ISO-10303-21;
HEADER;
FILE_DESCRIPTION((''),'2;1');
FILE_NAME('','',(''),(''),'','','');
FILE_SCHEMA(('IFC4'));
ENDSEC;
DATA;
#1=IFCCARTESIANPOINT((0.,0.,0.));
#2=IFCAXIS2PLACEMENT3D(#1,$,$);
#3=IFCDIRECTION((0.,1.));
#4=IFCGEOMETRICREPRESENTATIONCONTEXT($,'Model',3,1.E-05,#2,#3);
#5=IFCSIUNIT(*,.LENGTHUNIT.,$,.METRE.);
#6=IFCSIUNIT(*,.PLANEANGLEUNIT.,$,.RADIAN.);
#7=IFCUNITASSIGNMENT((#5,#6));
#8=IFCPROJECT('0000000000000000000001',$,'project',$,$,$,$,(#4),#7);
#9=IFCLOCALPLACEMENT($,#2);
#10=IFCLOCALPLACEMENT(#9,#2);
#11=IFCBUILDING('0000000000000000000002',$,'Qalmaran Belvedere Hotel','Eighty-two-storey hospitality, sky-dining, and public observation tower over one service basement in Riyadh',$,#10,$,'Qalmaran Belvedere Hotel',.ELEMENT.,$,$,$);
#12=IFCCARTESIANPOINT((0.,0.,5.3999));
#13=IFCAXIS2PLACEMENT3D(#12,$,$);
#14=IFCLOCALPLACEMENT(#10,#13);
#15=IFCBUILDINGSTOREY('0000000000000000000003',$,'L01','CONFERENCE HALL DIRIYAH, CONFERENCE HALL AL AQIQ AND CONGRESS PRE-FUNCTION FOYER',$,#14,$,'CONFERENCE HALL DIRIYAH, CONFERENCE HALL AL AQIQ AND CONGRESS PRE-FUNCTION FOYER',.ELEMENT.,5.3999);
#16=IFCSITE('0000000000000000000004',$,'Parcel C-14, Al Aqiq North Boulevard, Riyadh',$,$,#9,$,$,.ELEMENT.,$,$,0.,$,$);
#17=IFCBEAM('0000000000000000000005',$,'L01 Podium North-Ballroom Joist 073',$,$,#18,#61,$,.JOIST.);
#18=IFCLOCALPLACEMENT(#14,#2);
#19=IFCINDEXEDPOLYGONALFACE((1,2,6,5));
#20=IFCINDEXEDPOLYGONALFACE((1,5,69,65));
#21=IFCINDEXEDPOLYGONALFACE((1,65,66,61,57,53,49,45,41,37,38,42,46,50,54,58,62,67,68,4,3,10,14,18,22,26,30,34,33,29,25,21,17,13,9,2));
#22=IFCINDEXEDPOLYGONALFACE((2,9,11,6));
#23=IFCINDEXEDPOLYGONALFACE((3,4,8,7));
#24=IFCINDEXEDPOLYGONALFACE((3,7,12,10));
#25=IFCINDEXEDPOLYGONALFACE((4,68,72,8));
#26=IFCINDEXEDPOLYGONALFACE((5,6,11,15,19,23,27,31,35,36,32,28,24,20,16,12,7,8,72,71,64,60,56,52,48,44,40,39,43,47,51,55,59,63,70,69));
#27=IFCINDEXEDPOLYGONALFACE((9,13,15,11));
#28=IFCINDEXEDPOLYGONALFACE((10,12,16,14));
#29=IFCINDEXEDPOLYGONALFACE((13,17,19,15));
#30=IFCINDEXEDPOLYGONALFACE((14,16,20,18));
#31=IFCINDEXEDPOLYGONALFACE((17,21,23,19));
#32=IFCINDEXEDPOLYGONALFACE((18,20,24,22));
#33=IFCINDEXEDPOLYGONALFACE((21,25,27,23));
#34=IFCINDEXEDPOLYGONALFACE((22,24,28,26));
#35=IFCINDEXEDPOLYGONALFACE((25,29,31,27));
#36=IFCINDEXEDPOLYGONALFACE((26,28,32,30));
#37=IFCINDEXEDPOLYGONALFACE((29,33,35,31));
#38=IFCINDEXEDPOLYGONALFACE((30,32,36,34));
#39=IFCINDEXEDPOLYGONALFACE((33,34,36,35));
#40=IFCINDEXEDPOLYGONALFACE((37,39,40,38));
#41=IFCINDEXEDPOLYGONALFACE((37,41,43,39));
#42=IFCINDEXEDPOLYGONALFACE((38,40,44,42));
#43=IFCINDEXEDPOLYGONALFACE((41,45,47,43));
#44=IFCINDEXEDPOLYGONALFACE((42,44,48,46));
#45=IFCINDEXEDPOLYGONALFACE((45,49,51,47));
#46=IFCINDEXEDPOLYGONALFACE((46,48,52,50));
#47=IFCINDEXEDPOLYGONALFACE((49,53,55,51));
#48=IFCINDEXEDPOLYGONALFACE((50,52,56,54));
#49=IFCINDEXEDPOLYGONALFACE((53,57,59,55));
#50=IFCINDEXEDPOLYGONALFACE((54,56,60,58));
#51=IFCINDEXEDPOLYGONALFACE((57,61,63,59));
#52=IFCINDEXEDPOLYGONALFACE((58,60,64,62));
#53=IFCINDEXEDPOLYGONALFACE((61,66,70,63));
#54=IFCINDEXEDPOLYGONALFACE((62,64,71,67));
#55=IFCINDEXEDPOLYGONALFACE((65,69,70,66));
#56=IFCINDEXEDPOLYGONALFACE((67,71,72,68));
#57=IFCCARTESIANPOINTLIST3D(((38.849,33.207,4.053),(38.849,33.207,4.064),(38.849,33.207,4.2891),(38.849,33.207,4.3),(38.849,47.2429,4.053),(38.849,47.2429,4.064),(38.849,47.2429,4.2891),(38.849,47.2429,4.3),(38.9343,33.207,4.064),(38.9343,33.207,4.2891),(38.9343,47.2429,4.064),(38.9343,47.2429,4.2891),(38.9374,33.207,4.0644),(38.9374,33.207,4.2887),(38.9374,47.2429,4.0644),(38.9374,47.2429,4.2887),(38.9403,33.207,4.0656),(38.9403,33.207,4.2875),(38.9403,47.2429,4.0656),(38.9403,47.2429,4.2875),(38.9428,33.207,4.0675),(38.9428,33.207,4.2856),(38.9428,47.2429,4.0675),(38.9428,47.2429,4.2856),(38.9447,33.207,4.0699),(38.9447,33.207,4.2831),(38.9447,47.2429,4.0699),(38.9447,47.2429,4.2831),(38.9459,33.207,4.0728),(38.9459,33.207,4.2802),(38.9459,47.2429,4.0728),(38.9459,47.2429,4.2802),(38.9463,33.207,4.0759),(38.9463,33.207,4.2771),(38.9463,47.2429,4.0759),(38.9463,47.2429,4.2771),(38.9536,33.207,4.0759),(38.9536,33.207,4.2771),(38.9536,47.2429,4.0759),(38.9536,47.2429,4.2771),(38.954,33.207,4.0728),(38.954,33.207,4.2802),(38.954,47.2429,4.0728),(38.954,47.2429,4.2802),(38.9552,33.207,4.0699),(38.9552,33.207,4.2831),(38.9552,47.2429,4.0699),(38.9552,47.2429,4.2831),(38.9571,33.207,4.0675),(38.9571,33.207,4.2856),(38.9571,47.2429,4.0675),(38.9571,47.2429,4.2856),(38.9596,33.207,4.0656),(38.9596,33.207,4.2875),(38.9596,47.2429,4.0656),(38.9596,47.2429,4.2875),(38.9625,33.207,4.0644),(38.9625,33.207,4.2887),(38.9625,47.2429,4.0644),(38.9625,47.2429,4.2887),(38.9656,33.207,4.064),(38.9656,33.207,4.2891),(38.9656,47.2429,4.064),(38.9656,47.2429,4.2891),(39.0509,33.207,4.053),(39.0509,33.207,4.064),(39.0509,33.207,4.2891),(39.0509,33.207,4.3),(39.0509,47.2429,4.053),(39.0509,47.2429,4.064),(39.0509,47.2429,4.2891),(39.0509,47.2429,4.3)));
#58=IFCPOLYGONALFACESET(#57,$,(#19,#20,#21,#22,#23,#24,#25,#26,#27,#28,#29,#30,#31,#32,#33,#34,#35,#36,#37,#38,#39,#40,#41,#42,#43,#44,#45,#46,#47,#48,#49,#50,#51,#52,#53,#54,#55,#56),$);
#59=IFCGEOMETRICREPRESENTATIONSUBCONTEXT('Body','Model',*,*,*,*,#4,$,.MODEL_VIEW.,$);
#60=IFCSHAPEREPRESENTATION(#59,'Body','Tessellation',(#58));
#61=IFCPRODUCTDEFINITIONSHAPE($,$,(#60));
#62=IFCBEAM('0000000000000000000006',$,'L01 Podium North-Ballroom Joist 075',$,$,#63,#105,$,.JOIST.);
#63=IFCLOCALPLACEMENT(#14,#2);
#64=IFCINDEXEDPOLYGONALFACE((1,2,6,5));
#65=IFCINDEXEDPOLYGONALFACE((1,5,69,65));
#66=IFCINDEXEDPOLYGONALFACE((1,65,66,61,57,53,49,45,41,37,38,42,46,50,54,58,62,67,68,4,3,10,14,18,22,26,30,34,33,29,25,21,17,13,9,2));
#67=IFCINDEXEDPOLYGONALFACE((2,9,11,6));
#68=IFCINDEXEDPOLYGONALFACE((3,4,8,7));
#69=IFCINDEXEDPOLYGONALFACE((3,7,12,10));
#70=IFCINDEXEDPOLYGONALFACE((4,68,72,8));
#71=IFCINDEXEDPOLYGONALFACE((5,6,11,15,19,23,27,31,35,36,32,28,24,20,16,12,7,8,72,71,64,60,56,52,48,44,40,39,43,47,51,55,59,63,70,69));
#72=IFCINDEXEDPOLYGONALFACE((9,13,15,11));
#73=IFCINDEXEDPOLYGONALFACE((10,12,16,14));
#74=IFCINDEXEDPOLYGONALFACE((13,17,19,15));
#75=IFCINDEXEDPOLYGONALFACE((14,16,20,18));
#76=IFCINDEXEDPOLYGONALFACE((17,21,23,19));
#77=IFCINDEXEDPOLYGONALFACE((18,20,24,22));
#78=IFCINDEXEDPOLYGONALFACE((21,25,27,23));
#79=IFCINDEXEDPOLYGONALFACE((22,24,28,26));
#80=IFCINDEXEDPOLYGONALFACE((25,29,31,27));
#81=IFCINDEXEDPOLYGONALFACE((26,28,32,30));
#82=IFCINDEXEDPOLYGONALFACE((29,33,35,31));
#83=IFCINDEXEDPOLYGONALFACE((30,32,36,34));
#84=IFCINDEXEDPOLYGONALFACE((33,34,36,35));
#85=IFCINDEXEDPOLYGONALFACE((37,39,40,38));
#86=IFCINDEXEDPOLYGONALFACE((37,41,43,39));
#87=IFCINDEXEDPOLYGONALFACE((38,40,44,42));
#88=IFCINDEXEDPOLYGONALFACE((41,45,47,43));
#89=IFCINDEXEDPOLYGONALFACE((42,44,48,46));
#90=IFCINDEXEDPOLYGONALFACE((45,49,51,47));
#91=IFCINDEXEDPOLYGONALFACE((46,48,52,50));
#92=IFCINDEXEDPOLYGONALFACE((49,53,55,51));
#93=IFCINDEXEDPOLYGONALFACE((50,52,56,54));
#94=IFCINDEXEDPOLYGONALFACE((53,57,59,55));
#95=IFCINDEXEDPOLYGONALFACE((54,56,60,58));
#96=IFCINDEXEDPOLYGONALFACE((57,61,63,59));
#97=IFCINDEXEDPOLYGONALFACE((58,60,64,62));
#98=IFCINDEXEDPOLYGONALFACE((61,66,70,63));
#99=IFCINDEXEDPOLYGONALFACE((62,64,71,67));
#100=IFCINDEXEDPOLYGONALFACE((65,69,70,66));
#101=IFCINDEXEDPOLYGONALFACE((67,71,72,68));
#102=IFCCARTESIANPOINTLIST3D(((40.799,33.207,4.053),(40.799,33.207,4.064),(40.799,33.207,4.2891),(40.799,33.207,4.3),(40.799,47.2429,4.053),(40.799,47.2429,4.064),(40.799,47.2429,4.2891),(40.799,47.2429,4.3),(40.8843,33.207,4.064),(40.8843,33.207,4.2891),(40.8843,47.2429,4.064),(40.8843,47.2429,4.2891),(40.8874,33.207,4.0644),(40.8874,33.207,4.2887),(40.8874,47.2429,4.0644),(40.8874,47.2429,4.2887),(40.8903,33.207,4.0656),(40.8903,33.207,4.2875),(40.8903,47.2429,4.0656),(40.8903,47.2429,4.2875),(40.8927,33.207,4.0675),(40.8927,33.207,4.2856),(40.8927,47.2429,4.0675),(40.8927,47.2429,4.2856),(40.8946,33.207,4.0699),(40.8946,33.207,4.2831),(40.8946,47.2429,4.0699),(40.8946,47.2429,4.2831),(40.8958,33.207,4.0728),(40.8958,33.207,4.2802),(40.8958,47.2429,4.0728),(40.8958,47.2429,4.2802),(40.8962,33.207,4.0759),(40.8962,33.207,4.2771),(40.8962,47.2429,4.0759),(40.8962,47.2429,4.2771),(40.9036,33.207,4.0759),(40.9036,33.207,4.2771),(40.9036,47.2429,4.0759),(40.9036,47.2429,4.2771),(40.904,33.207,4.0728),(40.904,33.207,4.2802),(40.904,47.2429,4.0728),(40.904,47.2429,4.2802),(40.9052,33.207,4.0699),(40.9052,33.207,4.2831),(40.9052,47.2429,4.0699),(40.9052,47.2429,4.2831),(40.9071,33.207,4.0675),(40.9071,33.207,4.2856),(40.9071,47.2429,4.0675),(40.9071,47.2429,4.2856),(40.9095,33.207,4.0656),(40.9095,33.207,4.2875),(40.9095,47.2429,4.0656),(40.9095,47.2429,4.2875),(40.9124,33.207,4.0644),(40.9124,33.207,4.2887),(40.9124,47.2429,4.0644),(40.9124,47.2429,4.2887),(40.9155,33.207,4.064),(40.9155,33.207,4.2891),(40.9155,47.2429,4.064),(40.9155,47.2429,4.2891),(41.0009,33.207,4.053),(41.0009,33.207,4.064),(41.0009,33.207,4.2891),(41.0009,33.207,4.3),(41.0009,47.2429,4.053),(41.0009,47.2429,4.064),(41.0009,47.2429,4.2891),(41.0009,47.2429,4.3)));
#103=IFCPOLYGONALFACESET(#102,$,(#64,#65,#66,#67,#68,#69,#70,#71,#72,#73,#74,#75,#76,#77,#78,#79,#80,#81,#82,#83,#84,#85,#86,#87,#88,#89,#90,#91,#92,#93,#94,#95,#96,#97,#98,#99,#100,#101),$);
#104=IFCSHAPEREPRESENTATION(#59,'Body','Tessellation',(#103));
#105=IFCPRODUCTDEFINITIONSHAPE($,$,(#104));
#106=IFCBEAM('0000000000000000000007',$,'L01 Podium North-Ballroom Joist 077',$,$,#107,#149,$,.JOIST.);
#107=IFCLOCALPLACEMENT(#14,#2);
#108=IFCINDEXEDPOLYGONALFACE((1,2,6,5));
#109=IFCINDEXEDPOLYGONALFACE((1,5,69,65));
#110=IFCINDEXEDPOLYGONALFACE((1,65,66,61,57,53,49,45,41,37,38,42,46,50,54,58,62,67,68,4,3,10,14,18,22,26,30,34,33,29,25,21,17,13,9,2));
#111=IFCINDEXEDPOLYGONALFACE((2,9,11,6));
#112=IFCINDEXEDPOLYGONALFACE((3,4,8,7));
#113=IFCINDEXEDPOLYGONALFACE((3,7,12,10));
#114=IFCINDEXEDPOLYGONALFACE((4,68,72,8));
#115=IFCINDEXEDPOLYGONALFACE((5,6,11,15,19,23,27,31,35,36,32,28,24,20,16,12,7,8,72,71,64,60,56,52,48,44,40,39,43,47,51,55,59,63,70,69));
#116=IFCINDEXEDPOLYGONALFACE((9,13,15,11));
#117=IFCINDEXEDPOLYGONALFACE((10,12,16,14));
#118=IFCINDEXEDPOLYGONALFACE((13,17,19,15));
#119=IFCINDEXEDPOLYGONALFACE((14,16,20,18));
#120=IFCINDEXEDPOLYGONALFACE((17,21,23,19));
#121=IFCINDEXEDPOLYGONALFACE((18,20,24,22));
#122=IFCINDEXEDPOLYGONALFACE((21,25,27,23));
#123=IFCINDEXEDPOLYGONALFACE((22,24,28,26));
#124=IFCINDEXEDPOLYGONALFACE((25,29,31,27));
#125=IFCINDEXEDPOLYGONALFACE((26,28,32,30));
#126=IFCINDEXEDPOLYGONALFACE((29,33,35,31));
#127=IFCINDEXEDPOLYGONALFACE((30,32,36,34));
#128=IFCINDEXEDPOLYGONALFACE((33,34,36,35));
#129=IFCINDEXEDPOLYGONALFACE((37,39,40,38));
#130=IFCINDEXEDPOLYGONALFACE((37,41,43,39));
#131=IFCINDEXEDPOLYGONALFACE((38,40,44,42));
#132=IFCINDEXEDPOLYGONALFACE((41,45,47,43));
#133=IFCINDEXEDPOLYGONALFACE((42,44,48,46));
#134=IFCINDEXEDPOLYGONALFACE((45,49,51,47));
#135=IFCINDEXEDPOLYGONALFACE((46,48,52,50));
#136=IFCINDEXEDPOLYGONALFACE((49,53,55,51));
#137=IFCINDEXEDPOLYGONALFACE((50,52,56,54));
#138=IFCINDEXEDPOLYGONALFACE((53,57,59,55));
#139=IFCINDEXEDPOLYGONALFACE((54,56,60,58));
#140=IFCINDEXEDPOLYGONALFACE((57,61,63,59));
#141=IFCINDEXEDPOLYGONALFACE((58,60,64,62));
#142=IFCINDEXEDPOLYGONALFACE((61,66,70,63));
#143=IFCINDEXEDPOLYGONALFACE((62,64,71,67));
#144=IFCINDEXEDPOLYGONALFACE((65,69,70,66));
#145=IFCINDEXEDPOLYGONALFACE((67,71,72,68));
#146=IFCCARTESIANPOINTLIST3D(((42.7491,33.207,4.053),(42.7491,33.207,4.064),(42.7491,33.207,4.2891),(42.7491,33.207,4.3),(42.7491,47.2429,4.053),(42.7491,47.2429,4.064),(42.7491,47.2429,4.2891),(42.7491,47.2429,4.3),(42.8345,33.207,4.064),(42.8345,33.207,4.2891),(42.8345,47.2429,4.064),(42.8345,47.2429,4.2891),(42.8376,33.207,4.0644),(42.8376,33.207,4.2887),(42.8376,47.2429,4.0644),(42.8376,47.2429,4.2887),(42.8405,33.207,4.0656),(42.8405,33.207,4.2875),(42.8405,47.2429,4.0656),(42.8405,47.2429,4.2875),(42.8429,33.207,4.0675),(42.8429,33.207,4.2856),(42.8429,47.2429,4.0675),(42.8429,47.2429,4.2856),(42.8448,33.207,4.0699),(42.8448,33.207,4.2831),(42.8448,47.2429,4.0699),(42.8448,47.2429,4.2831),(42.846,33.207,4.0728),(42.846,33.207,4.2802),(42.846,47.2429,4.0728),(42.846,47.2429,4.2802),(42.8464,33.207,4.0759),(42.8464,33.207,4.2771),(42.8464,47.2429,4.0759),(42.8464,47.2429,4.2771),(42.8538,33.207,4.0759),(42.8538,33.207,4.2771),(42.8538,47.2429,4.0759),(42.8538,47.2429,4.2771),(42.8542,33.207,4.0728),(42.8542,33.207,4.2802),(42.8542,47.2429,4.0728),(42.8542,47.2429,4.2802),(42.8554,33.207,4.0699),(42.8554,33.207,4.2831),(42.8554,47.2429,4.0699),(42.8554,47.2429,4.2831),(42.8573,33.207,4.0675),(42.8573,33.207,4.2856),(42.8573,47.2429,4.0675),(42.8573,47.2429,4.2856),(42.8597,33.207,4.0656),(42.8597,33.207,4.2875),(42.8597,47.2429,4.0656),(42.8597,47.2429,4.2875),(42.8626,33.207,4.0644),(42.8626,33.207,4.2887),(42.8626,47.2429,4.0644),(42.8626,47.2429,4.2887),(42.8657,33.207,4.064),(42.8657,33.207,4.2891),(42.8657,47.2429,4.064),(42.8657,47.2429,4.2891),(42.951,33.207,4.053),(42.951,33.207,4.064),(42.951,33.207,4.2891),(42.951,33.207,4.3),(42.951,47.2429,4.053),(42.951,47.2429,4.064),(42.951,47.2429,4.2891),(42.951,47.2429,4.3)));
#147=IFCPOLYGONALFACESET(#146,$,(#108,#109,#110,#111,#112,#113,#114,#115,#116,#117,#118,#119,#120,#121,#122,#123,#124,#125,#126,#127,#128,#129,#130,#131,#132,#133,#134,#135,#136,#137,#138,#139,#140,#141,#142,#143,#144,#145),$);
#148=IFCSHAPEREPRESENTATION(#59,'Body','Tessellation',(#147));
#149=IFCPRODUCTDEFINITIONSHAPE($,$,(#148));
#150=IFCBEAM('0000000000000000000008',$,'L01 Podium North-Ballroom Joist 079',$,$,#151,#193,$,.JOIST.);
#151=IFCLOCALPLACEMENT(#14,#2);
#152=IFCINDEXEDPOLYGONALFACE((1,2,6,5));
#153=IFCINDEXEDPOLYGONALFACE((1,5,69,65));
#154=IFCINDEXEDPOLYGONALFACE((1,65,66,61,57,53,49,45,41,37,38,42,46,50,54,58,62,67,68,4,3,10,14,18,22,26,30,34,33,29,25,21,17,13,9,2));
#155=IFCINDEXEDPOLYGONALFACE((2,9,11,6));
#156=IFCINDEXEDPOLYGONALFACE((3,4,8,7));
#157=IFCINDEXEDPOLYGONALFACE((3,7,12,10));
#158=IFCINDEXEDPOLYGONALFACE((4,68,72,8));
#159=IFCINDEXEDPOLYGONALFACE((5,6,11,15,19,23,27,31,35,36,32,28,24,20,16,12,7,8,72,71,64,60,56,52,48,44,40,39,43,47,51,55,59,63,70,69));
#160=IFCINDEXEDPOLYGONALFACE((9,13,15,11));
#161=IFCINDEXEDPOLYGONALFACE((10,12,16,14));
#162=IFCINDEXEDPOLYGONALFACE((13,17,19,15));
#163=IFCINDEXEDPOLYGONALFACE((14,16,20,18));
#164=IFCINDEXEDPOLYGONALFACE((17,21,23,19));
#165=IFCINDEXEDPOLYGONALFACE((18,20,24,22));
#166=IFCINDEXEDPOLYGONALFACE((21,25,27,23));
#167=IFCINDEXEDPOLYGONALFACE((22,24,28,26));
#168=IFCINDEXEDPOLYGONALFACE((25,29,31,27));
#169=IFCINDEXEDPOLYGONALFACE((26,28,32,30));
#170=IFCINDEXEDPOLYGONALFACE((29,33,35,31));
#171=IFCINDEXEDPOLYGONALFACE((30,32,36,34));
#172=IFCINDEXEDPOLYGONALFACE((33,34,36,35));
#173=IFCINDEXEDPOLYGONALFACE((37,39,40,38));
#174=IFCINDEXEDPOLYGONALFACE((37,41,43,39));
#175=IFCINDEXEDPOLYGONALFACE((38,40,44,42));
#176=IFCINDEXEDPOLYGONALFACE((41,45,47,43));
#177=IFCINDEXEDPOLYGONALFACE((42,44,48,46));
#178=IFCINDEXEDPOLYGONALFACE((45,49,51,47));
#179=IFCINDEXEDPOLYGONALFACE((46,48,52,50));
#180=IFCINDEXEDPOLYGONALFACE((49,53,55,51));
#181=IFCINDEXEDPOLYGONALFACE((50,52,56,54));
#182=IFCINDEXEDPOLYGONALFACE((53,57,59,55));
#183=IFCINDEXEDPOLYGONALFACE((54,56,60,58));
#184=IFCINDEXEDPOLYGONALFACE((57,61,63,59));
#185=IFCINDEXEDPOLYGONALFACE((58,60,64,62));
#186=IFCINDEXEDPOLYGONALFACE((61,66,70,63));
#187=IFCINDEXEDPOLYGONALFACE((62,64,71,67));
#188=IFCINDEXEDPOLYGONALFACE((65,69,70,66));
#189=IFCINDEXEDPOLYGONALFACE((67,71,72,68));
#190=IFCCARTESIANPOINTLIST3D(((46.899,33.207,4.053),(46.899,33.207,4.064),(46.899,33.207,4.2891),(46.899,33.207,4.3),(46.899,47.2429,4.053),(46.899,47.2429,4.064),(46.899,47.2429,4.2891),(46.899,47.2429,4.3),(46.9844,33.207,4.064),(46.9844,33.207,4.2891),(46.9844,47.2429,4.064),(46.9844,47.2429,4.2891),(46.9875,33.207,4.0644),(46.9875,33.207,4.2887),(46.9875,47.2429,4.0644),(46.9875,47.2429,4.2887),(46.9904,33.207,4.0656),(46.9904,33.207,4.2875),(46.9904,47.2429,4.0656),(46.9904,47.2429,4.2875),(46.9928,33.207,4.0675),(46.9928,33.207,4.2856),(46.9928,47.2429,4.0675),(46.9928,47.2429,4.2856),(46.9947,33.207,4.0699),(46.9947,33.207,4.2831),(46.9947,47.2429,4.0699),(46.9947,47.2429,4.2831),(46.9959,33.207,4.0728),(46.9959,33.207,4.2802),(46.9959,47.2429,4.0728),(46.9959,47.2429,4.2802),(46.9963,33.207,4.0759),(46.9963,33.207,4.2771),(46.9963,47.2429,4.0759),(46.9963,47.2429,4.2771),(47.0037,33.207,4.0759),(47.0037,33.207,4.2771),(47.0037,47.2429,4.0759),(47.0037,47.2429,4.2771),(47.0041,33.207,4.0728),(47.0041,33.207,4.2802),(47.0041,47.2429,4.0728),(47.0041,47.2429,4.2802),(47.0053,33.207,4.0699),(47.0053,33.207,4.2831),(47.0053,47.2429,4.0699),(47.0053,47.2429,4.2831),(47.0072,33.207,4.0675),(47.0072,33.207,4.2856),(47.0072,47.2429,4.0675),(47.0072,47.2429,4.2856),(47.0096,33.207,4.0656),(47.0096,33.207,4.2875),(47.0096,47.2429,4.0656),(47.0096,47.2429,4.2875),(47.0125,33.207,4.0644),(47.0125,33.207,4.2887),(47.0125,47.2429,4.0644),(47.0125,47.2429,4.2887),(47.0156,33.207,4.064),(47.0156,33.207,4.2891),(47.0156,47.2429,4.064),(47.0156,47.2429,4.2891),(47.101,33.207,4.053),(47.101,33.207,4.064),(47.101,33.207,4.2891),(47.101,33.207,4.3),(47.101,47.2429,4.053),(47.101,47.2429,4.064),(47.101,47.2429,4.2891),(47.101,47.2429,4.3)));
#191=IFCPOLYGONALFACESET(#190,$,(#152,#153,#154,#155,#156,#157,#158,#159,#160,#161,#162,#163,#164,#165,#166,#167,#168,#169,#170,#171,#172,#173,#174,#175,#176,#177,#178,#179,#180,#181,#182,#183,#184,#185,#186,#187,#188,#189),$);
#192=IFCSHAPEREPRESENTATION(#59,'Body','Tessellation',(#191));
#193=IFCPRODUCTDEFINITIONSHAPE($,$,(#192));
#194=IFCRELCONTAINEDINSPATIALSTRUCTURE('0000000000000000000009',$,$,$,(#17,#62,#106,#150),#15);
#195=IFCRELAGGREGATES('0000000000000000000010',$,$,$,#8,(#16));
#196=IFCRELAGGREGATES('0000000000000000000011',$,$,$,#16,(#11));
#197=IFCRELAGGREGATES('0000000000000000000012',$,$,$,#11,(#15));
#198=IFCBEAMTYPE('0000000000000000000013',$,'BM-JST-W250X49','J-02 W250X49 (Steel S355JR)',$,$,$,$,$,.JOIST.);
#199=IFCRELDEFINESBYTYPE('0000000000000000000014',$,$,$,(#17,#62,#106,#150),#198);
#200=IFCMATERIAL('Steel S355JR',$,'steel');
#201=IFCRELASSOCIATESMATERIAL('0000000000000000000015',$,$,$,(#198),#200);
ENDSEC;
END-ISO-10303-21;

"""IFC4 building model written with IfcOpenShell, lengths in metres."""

from ifc_helpers import new_model, si_unit, direction, frame, origin, origin_2d, place, context, subcontext, project, spatial, i_section, extrude, material, material_profile, profile_set, type_object, element, save


model = new_model("IFC4")

# Units and contexts
model_context = context("Model", 3, precision=1e-05, world=origin(), true_north=direction((0.0, 1.0)))
body_context = subcontext(model_context, "Body", "Model", "MODEL_VIEW")
ifc_project = project(units=[si_unit("LENGTHUNIT", "METRE"), si_unit("PLANEANGLEUNIT", "RADIAN")], contexts=[model_context])

# Site, building, storey
site_placement = place(None, origin())
site = spatial("IfcSite", under=ifc_project, at=site_placement, Name="Parcel C-14, Al Aqiq North Boulevard, Riyadh", CompositionType="ELEMENT", RefElevation=0.0)
building_placement = place(site_placement, origin())
building = spatial("IfcBuilding", under=site, at=building_placement, Name="Qalmaran Belvedere Hotel", Description="Eighty-two-storey hospitality, sky-dining, and public observation tower over one service basement in Riyadh", LongName="Qalmaran Belvedere Hotel", CompositionType="ELEMENT")
storey_placement = place(building_placement, frame((0.0, 0.0, 5.3999)))
storey = spatial("IfcBuildingStorey", under=building, at=storey_placement, Name="L01", Description="CONFERENCE HALL DIRIYAH, CONFERENCE HALL AL AQIQ AND CONGRESS PRE-FUNCTION FOYER", LongName="CONFERENCE HALL DIRIYAH, CONFERENCE HALL AL AQIQ AND CONGRESS PRE-FUNCTION FOYER", CompositionType="ELEMENT", Elevation=5.3999)

# Beams
ifc_material_1 = material(Name="Steel S355JR", Category="steel")
ifc_material_profile_1 = material_profile(ifc_material_1, i_section(OverallWidth=0.2019, OverallDepth=0.2471, WebThickness=0.0073, FlangeThickness=0.011, FilletRadius=0.012, at=origin_2d()), Name="W250X49")
ifc_profile_set_1 = profile_set([ifc_material_profile_1], Name="Steel S355JR")
beam_type_1 = type_object("IfcBeamType", Name="BM-JST-W250X49", Description="J-02 W250X49 (Steel S355JR)", PredefinedType="JOIST", material=ifc_profile_set_1)
for number, where, z_axis, x_axis, name in (
    (1, (38.95, 33.207, 4.1765), (0.0, 1.0, 0.0), (-1.0, 0.0, 0.0), "L01 Podium North-Ballroom Joist 073"),
    (2, (40.8999, 33.207, 4.1765), (0.0, 1.0, 0.0), (-1.0, 0.0, 0.0), "L01 Podium North-Ballroom Joist 075"),
    (3, (42.8501, 33.207, 4.1765), (0.0, 1.0, 0.0), (-1.0, 0.0, 0.0), "L01 Podium North-Ballroom Joist 077"),
    (4, (47.0, 33.207, 4.1765), (0.0, 1.0, 0.0), (-1.0, 0.0, 0.0), "L01 Podium North-Ballroom Joist 079"),
):
    element("IfcBeam", number, at=place(storey_placement, frame(where, z_axis=z_axis, x_axis=x_axis)), inside=storey, type_object=beam_type_1, Name=name, PredefinedType="JOIST", context=body_context, shape_type="SweptSolid", body=[
        extrude(i_section(OverallWidth=0.2019, OverallDepth=0.2471, WebThickness=0.0073, FlangeThickness=0.011, FilletRadius=0.012, at=origin_2d()), origin(), (0.0, 0.0, 1.0), 14.0359),
    ])

save(model, "model.ifc")
